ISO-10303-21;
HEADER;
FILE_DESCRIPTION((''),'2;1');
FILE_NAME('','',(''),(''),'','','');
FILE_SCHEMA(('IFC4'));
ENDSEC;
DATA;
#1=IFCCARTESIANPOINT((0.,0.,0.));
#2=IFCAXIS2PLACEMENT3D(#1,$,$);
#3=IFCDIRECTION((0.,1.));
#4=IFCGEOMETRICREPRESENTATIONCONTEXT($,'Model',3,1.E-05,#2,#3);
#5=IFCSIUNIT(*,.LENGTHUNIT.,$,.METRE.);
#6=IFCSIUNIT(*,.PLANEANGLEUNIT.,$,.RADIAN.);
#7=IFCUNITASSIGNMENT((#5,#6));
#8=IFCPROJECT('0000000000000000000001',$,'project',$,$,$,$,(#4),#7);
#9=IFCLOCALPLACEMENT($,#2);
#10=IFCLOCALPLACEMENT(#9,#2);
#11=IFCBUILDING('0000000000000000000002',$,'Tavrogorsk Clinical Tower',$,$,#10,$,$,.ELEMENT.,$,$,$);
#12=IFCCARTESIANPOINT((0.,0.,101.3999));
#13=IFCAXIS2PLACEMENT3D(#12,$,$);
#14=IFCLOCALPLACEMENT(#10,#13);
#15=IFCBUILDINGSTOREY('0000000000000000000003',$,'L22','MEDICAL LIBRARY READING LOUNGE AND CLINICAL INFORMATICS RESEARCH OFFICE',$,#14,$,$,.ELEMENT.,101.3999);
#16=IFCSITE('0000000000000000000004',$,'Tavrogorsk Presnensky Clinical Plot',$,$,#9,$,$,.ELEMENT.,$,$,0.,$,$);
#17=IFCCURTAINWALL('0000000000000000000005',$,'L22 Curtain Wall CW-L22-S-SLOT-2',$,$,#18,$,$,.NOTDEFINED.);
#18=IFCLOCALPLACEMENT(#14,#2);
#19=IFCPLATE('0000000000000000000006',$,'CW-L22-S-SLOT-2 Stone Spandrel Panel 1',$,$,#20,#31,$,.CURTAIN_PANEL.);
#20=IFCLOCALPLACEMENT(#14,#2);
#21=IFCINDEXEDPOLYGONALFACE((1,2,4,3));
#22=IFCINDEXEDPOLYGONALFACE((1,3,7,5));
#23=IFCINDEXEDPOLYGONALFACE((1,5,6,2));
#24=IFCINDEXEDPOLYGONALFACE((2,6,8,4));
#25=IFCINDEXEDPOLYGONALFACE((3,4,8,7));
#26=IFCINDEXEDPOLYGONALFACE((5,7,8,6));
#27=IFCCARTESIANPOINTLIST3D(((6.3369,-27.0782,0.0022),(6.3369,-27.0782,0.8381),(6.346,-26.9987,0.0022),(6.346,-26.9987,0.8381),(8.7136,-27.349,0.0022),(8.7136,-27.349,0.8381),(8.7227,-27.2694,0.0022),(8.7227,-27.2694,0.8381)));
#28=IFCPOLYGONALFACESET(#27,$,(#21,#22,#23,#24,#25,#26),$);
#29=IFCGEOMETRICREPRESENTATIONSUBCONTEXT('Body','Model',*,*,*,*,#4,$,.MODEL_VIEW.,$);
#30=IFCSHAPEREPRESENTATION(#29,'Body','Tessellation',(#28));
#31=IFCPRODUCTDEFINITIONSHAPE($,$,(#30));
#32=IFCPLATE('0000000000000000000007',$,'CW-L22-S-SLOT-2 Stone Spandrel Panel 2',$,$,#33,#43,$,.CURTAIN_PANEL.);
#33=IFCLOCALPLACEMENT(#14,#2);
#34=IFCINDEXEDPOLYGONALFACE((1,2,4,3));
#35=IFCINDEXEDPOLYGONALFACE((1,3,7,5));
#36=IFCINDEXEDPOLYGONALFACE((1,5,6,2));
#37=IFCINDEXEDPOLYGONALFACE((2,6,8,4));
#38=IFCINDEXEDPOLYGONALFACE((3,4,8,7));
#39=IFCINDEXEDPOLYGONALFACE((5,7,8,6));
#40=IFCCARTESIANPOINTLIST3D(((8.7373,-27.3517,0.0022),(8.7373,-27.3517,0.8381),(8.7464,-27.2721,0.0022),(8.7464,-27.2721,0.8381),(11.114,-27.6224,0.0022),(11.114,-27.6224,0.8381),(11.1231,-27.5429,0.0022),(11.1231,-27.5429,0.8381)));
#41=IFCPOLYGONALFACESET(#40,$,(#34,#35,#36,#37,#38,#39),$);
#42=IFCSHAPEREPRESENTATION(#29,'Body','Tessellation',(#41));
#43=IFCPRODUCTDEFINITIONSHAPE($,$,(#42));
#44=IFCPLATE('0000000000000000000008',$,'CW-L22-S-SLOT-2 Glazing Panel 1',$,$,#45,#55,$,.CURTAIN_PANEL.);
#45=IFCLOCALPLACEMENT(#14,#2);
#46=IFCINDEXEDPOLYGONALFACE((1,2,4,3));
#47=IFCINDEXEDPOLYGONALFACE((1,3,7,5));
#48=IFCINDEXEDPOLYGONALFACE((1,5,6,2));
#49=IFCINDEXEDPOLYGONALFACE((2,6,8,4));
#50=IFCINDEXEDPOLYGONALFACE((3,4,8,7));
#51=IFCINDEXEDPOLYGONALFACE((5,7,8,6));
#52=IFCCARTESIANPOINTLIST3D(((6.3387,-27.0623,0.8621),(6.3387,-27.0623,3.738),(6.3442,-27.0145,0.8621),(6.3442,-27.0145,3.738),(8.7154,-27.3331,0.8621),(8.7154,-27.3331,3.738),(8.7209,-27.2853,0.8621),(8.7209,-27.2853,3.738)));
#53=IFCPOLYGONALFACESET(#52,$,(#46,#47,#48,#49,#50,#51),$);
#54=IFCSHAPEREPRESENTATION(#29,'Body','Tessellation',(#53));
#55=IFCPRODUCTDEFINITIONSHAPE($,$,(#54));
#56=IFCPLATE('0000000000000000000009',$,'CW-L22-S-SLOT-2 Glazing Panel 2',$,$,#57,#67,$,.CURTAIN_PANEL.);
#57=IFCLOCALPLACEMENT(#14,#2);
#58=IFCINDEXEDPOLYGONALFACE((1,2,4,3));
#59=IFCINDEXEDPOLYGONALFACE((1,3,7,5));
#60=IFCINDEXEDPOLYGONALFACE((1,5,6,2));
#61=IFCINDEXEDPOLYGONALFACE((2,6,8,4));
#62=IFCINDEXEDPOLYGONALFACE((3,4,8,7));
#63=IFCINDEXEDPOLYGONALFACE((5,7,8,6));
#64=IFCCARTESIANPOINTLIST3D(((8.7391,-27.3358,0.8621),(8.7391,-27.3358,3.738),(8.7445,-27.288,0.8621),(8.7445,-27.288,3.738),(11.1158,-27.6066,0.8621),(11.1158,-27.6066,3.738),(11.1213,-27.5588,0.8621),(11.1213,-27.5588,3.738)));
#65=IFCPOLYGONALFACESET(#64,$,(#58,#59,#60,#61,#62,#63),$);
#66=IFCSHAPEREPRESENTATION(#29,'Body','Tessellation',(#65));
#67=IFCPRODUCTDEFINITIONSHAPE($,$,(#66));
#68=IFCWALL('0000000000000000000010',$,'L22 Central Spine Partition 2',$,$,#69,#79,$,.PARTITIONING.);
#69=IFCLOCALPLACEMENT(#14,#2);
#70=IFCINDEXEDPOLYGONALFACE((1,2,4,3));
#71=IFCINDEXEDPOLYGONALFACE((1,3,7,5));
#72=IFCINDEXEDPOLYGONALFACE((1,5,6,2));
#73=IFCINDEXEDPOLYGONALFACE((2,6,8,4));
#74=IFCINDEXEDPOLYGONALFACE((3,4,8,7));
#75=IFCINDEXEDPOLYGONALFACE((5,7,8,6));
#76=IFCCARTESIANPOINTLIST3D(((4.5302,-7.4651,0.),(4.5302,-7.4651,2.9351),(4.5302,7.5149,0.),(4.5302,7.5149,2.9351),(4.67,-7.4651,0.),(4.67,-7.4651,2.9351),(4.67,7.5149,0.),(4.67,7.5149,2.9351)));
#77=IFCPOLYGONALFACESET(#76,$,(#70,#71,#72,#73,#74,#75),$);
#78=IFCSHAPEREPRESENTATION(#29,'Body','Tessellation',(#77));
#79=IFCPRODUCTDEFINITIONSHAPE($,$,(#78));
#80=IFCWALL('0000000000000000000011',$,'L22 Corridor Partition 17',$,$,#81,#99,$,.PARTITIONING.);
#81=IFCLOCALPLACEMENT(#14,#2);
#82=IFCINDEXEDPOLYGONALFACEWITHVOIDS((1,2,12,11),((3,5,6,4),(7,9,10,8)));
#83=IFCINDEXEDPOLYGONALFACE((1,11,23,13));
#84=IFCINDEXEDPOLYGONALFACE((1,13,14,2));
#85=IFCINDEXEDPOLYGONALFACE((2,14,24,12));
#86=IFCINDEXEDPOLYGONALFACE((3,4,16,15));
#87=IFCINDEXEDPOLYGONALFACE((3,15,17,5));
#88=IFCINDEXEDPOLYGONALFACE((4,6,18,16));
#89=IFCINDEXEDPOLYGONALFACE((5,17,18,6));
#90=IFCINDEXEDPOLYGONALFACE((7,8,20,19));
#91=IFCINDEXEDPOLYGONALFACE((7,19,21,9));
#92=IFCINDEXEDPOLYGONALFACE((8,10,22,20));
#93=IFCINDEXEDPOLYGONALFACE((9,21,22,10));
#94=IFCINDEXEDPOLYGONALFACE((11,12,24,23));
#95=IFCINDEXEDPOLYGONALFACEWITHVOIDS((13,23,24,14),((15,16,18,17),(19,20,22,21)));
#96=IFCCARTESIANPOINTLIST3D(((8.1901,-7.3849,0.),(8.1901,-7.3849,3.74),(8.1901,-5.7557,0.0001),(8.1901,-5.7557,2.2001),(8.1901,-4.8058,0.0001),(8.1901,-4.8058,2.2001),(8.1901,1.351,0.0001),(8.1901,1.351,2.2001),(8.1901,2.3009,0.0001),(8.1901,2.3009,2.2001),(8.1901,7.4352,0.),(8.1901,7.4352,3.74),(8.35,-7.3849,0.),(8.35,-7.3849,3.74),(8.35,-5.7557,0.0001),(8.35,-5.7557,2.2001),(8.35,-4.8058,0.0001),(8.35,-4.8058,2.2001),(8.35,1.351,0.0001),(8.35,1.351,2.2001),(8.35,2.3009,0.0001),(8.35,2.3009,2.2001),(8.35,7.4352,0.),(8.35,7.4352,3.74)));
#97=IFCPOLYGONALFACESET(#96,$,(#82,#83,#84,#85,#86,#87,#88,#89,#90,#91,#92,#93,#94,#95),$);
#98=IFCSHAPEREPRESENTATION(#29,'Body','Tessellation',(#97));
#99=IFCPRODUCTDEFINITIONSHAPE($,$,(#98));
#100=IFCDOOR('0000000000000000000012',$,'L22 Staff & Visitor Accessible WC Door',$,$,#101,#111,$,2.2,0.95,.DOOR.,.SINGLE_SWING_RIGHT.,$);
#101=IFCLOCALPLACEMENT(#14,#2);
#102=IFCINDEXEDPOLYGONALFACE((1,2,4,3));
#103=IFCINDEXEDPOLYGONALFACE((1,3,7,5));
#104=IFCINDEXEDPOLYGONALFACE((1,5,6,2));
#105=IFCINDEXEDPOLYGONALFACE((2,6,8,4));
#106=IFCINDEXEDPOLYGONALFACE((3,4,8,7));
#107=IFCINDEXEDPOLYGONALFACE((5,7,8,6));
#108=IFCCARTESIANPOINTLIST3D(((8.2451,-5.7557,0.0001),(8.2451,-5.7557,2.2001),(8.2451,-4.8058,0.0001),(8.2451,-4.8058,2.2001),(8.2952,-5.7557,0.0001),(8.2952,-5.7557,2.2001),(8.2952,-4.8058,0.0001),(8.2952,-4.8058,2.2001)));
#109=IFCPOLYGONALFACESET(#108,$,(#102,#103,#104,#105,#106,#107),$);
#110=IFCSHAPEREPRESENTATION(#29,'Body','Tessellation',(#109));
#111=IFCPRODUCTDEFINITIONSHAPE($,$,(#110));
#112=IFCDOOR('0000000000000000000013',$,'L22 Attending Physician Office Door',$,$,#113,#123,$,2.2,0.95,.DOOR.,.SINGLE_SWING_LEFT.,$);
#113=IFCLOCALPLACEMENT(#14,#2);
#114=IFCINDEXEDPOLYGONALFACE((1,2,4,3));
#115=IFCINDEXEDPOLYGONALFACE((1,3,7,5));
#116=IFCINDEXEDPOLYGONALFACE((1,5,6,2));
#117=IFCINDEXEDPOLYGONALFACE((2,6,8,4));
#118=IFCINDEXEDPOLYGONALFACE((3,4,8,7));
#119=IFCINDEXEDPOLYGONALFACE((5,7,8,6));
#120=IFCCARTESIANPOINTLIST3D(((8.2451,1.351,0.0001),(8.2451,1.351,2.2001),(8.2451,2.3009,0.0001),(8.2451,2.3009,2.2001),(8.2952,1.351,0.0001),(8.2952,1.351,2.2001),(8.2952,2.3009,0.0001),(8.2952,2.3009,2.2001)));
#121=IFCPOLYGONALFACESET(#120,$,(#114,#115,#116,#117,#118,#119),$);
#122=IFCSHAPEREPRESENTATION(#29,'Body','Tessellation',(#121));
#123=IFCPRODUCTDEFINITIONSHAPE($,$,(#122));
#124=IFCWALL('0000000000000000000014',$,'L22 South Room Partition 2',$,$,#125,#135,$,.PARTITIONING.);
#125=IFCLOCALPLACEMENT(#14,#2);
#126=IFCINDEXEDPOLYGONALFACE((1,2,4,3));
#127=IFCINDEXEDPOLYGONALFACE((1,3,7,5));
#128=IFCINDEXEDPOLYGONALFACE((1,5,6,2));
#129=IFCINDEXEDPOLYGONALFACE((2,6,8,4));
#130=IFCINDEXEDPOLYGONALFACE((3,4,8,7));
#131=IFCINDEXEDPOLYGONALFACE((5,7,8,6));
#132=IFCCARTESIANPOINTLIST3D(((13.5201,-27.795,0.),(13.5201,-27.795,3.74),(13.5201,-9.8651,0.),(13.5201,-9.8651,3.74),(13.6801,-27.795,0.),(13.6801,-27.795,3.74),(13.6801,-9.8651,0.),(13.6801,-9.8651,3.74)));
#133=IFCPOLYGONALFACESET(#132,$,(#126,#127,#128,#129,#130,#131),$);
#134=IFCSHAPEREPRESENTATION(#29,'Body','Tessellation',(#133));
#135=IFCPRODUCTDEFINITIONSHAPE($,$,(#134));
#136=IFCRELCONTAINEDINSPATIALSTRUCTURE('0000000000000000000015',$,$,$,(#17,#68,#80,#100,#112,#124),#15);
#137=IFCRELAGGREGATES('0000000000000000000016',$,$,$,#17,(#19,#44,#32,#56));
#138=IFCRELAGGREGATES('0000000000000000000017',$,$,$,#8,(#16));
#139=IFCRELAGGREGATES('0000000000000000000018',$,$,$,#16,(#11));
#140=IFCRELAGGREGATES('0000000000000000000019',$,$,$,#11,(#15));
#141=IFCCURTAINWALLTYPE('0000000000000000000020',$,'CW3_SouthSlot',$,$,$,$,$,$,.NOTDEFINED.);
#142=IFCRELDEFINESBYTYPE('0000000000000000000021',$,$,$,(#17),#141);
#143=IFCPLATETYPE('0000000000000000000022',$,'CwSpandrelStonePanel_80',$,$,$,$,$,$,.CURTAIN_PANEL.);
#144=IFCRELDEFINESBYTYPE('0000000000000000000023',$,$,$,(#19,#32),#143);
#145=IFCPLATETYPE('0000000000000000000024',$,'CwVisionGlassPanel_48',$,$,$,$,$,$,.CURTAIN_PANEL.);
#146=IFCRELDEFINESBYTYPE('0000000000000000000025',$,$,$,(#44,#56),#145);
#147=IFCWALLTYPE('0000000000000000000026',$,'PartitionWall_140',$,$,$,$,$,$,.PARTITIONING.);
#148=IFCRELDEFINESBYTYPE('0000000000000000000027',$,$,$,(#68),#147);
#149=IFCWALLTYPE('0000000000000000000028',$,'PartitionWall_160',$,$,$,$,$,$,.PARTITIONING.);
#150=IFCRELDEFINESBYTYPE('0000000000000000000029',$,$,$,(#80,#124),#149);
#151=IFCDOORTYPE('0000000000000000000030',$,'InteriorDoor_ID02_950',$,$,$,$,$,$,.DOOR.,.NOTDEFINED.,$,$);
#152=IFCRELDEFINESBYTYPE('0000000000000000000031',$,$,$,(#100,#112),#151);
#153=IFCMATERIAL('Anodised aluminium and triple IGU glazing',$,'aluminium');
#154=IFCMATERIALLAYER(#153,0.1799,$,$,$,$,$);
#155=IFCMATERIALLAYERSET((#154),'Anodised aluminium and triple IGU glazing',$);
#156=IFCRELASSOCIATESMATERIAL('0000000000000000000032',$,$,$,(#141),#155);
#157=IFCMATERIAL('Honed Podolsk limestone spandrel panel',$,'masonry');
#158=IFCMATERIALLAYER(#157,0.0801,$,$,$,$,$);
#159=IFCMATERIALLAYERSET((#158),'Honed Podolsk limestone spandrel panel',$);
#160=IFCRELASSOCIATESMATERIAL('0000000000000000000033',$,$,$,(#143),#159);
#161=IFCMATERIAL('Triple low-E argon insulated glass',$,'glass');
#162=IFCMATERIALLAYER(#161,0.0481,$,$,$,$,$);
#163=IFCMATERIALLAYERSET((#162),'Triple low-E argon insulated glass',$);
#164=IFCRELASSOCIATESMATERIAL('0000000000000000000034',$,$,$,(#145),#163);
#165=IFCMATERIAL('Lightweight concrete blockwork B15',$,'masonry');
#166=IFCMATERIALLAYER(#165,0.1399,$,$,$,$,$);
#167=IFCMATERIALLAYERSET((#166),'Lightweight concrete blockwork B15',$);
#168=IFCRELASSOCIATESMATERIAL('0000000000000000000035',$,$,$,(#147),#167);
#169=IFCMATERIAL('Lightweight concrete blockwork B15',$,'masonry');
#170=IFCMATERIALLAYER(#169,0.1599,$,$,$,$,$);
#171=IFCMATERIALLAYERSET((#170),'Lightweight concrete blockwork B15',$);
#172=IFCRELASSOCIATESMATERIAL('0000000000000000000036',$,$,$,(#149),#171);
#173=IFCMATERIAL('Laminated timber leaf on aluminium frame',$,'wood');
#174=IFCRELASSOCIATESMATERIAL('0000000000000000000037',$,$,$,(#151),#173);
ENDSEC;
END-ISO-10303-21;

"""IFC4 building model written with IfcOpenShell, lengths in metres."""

from ifc_helpers import new_model, si_unit, direction, frame, frame_2d, origin, origin_2d, place, context, subcontext, project, spatial, rectangle, extrude, material, layer, layer_set, type_object, element, fill, aggregate, save


model = new_model("IFC4")

# Units and contexts
model_context = context("Model", 3, precision=1e-05, world=origin(), true_north=direction((0.0, 1.0)))
body_context = subcontext(model_context, "Body", "Model", "MODEL_VIEW")
ifc_project = project(units=[si_unit("LENGTHUNIT", "METRE"), si_unit("PLANEANGLEUNIT", "RADIAN")], contexts=[model_context])

# Site, building, storey
site_placement = place(None, origin())
site = spatial("IfcSite", under=ifc_project, at=site_placement, Name="Tavrogorsk Presnensky Clinical Plot", CompositionType="ELEMENT", RefElevation=0.0)
building_placement = place(site_placement, origin())
building = spatial("IfcBuilding", under=site, at=building_placement, Name="Tavrogorsk Clinical Tower", CompositionType="ELEMENT")
storey_placement = place(building_placement, frame((0.0, 0.0, 101.3999)))
storey = spatial("IfcBuildingStorey", under=building, at=storey_placement, Name="L22", Description="MEDICAL LIBRARY READING LOUNGE AND CLINICAL INFORMATICS RESEARCH OFFICE", CompositionType="ELEMENT", Elevation=101.3999)

# Curtain wall
ifc_material_1 = material(Name="Anodised aluminium and triple IGU glazing", Category="aluminium")
ifc_layer_1 = layer(ifc_material_1, 0.1799)
ifc_layer_set_1 = layer_set([ifc_layer_1], Name="Anodised aluminium and triple IGU glazing")
curtain_wall_type = type_object("IfcCurtainWallType", Name="CW3_SouthSlot", PredefinedType="NOTDEFINED", material=ifc_layer_set_1)
curtain_wall_placement = place(storey_placement, origin())
curtain_wall = element("IfcCurtainWall", 1, at=curtain_wall_placement, inside=storey, type_object=curtain_wall_type, Name="L22 Curtain Wall CW-L22-S-SLOT-2", PredefinedType="NOTDEFINED")

# Plates
ifc_material_2 = material(Name="Honed Podolsk limestone spandrel panel", Category="masonry")
ifc_layer_2 = layer(ifc_material_2, 0.0801)
ifc_layer_set_2 = layer_set([ifc_layer_2], Name="Honed Podolsk limestone spandrel panel")
plate_type_1 = type_object("IfcPlateType", Name="CwSpandrelStonePanel_80", PredefinedType="CURTAIN_PANEL", material=ifc_layer_set_2)
plate_1_placement = place(storey_placement, frame((7.5298, -27.1738, 0.0022), z_axis=(0.0, 0.0, 1.0), x_axis=(0.993572, -0.113203, 0.0)))
plate_1 = element("IfcPlate", 2, at=plate_1_placement, type_object=plate_type_1, Name="CW-L22-S-SLOT-2 Stone Spandrel Panel 1", PredefinedType="CURTAIN_PANEL", context=body_context, shape_type="SweptSolid", body=[
    extrude(rectangle(XDim=2.3921, YDim=0.0801, at=origin_2d()), origin(), (0.0, 0.0, 1.0), 0.8359),
])
plate_2_placement = place(storey_placement, frame((9.9302, -27.4473, 0.0022), z_axis=(0.0, 0.0, 1.0), x_axis=(0.993572, -0.113203, 0.0)))
plate_2 = element("IfcPlate", 3, at=plate_2_placement, type_object=plate_type_1, Name="CW-L22-S-SLOT-2 Stone Spandrel Panel 2", PredefinedType="CURTAIN_PANEL", context=body_context, shape_type="SweptSolid", body=[
    extrude(rectangle(XDim=2.3921, YDim=0.0801, at=origin_2d()), origin(), (0.0, 0.0, 1.0), 0.8359),
])
ifc_material_3 = material(Name="Triple low-E argon insulated glass", Category="glass")
ifc_layer_3 = layer(ifc_material_3, 0.0481)
ifc_layer_set_3 = layer_set([ifc_layer_3], Name="Triple low-E argon insulated glass")
plate_type_2 = type_object("IfcPlateType", Name="CwVisionGlassPanel_48", PredefinedType="CURTAIN_PANEL", material=ifc_layer_set_3)
plate_3_placement = place(storey_placement, frame((7.5298, -27.1738, 0.8621), z_axis=(0.0, 0.0, 1.0), x_axis=(0.993572, -0.113203, 0.0)))
plate_3 = element("IfcPlate", 4, at=plate_3_placement, type_object=plate_type_2, Name="CW-L22-S-SLOT-2 Glazing Panel 1", PredefinedType="CURTAIN_PANEL", context=body_context, shape_type="SweptSolid", body=[
    extrude(rectangle(XDim=2.3921, YDim=0.0481, at=origin_2d()), origin(), (0.0, 0.0, 1.0), 2.876),
])
plate_4_placement = place(storey_placement, frame((9.9302, -27.4473, 0.8621), z_axis=(0.0, 0.0, 1.0), x_axis=(0.993572, -0.113203, 0.0)))
plate_4 = element("IfcPlate", 5, at=plate_4_placement, type_object=plate_type_2, Name="CW-L22-S-SLOT-2 Glazing Panel 2", PredefinedType="CURTAIN_PANEL", context=body_context, shape_type="SweptSolid", body=[
    extrude(rectangle(XDim=2.3921, YDim=0.0481, at=origin_2d()), origin(), (0.0, 0.0, 1.0), 2.876),
])
aggregate(curtain_wall, [plate_1, plate_3, plate_2, plate_4])

# Wall
ifc_material_4 = material(Name="Lightweight concrete blockwork B15", Category="masonry")
ifc_layer_4 = layer(ifc_material_4, 0.1399)
ifc_layer_set_4 = layer_set([ifc_layer_4], Name="Lightweight concrete blockwork B15")
wall_type_1 = type_object("IfcWallType", Name="PartitionWall_140", PredefinedType="PARTITIONING", material=ifc_layer_set_4)
wall_1_placement = place(storey_placement, frame((4.6001, -7.4651, 0.0), z_axis=(0.0, 0.0, 1.0), x_axis=(0.0, 1.0, 0.0)))
element("IfcWall", 6, at=wall_1_placement, inside=storey, type_object=wall_type_1, Name="L22 Central Spine Partition 2", PredefinedType="PARTITIONING", context=body_context, shape_type="SweptSolid", body=[
    extrude(rectangle(XDim=14.98, YDim=0.1399, at=frame_2d((7.49, 0.0))), origin(), (0.0, 0.0, 1.0), 2.9351),
])
ifc_material_5 = material(Name="Lightweight concrete blockwork B15", Category="masonry")
ifc_layer_5 = layer(ifc_material_5, 0.1599)
ifc_layer_set_5 = layer_set([ifc_layer_5], Name="Lightweight concrete blockwork B15")
wall_type_2 = type_object("IfcWallType", Name="PartitionWall_160", PredefinedType="PARTITIONING", material=ifc_layer_set_5)

# Wall, openings, doors
wall_2_placement = place(storey_placement, frame((8.27, -7.385, 0.0), z_axis=(0.0, 0.0, 1.0), x_axis=(0.0, 1.0, 0.0)))
wall_2 = element("IfcWall", 7, at=wall_2_placement, inside=storey, type_object=wall_type_2, Name="L22 Corridor Partition 17", PredefinedType="PARTITIONING", context=body_context, shape_type="SweptSolid", body=[
    extrude(rectangle(XDim=14.8201, YDim=0.1599, at=frame_2d((7.4102, 0.0))), origin(), (0.0, 0.0, 1.0), 3.74),
])
opening_1_placement = place(wall_2_placement, frame((1.6292, 0.0, 0.0)))
opening_1 = element("IfcOpeningElement", 8, at=opening_1_placement, cuts=wall_2, PredefinedType="OPENING", context=body_context, shape_type="SweptSolid", body=[
    extrude(rectangle(XDim=0.95, YDim=2.2, at=frame_2d((0.4751, 1.1001))), frame((0.0, 0.0898, 0.0), z_axis=(0.0, -1.0, 0.0), x_axis=(1.0, 0.0, 0.0)), (0.0, 0.0, 1.0), 0.1799),
])
opening_2_placement = place(wall_2_placement, frame((8.7358, 0.0, 0.0)))
opening_2 = element("IfcOpeningElement", 9, at=opening_2_placement, cuts=wall_2, PredefinedType="OPENING", context=body_context, shape_type="SweptSolid", body=[
    extrude(rectangle(XDim=0.95, YDim=2.2, at=frame_2d((0.4751, 1.1001))), frame((0.0, 0.0898, 0.0), z_axis=(0.0, -1.0, 0.0), x_axis=(1.0, 0.0, 0.0)), (0.0, 0.0, 1.0), 0.1799),
])
ifc_material_6 = material(Name="Laminated timber leaf on aluminium frame", Category="wood")
door_type = type_object("IfcDoorType", Name="InteriorDoor_ID02_950", OperationType="NOTDEFINED", PredefinedType="DOOR", material=ifc_material_6)
door_1_placement = place(opening_1_placement, origin())
door_1 = element("IfcDoor", 10, at=door_1_placement, inside=storey, type_object=door_type, Name="L22 Staff & Visitor Accessible WC Door", OperationType="SINGLE_SWING_RIGHT", OverallHeight=2.2, OverallWidth=0.95, PredefinedType="DOOR", context=body_context, shape_type="SweptSolid", body=[
    extrude(rectangle(XDim=0.95, YDim=2.2, at=frame_2d((0.4751, 1.1001))), frame((0.0, 0.0249, 0.0), z_axis=(0.0, -1.0, 0.0), x_axis=(1.0, 0.0, 0.0)), (0.0, 0.0, 1.0), 0.05),
])
fill(opening_1, door_1)
door_2_placement = place(opening_2_placement, origin())
door_2 = element("IfcDoor", 11, at=door_2_placement, inside=storey, type_object=door_type, Name="L22 Attending Physician Office Door", OperationType="SINGLE_SWING_LEFT", OverallHeight=2.2, OverallWidth=0.95, PredefinedType="DOOR", context=body_context, shape_type="SweptSolid", body=[
    extrude(rectangle(XDim=0.95, YDim=2.2, at=frame_2d((0.4751, 1.1001))), frame((0.0, 0.0249, 0.0), z_axis=(0.0, -1.0, 0.0), x_axis=(1.0, 0.0, 0.0)), (0.0, 0.0, 1.0), 0.05),
])
fill(opening_2, door_2)

# Wall
wall_3_placement = place(storey_placement, frame((13.6001, -27.7949, 0.0), z_axis=(0.0, 0.0, 1.0), x_axis=(0.0, 1.0, 0.0)))
element("IfcWall", 12, at=wall_3_placement, inside=storey, type_object=wall_type_2, Name="L22 South Room Partition 2", PredefinedType="PARTITIONING", context=body_context, shape_type="SweptSolid", body=[
    extrude(rectangle(XDim=17.9299, YDim=0.1599, at=frame_2d((8.9648, 0.0))), origin(), (0.0, 0.0, 1.0), 3.74),
])

save(model, "model.ifc")
